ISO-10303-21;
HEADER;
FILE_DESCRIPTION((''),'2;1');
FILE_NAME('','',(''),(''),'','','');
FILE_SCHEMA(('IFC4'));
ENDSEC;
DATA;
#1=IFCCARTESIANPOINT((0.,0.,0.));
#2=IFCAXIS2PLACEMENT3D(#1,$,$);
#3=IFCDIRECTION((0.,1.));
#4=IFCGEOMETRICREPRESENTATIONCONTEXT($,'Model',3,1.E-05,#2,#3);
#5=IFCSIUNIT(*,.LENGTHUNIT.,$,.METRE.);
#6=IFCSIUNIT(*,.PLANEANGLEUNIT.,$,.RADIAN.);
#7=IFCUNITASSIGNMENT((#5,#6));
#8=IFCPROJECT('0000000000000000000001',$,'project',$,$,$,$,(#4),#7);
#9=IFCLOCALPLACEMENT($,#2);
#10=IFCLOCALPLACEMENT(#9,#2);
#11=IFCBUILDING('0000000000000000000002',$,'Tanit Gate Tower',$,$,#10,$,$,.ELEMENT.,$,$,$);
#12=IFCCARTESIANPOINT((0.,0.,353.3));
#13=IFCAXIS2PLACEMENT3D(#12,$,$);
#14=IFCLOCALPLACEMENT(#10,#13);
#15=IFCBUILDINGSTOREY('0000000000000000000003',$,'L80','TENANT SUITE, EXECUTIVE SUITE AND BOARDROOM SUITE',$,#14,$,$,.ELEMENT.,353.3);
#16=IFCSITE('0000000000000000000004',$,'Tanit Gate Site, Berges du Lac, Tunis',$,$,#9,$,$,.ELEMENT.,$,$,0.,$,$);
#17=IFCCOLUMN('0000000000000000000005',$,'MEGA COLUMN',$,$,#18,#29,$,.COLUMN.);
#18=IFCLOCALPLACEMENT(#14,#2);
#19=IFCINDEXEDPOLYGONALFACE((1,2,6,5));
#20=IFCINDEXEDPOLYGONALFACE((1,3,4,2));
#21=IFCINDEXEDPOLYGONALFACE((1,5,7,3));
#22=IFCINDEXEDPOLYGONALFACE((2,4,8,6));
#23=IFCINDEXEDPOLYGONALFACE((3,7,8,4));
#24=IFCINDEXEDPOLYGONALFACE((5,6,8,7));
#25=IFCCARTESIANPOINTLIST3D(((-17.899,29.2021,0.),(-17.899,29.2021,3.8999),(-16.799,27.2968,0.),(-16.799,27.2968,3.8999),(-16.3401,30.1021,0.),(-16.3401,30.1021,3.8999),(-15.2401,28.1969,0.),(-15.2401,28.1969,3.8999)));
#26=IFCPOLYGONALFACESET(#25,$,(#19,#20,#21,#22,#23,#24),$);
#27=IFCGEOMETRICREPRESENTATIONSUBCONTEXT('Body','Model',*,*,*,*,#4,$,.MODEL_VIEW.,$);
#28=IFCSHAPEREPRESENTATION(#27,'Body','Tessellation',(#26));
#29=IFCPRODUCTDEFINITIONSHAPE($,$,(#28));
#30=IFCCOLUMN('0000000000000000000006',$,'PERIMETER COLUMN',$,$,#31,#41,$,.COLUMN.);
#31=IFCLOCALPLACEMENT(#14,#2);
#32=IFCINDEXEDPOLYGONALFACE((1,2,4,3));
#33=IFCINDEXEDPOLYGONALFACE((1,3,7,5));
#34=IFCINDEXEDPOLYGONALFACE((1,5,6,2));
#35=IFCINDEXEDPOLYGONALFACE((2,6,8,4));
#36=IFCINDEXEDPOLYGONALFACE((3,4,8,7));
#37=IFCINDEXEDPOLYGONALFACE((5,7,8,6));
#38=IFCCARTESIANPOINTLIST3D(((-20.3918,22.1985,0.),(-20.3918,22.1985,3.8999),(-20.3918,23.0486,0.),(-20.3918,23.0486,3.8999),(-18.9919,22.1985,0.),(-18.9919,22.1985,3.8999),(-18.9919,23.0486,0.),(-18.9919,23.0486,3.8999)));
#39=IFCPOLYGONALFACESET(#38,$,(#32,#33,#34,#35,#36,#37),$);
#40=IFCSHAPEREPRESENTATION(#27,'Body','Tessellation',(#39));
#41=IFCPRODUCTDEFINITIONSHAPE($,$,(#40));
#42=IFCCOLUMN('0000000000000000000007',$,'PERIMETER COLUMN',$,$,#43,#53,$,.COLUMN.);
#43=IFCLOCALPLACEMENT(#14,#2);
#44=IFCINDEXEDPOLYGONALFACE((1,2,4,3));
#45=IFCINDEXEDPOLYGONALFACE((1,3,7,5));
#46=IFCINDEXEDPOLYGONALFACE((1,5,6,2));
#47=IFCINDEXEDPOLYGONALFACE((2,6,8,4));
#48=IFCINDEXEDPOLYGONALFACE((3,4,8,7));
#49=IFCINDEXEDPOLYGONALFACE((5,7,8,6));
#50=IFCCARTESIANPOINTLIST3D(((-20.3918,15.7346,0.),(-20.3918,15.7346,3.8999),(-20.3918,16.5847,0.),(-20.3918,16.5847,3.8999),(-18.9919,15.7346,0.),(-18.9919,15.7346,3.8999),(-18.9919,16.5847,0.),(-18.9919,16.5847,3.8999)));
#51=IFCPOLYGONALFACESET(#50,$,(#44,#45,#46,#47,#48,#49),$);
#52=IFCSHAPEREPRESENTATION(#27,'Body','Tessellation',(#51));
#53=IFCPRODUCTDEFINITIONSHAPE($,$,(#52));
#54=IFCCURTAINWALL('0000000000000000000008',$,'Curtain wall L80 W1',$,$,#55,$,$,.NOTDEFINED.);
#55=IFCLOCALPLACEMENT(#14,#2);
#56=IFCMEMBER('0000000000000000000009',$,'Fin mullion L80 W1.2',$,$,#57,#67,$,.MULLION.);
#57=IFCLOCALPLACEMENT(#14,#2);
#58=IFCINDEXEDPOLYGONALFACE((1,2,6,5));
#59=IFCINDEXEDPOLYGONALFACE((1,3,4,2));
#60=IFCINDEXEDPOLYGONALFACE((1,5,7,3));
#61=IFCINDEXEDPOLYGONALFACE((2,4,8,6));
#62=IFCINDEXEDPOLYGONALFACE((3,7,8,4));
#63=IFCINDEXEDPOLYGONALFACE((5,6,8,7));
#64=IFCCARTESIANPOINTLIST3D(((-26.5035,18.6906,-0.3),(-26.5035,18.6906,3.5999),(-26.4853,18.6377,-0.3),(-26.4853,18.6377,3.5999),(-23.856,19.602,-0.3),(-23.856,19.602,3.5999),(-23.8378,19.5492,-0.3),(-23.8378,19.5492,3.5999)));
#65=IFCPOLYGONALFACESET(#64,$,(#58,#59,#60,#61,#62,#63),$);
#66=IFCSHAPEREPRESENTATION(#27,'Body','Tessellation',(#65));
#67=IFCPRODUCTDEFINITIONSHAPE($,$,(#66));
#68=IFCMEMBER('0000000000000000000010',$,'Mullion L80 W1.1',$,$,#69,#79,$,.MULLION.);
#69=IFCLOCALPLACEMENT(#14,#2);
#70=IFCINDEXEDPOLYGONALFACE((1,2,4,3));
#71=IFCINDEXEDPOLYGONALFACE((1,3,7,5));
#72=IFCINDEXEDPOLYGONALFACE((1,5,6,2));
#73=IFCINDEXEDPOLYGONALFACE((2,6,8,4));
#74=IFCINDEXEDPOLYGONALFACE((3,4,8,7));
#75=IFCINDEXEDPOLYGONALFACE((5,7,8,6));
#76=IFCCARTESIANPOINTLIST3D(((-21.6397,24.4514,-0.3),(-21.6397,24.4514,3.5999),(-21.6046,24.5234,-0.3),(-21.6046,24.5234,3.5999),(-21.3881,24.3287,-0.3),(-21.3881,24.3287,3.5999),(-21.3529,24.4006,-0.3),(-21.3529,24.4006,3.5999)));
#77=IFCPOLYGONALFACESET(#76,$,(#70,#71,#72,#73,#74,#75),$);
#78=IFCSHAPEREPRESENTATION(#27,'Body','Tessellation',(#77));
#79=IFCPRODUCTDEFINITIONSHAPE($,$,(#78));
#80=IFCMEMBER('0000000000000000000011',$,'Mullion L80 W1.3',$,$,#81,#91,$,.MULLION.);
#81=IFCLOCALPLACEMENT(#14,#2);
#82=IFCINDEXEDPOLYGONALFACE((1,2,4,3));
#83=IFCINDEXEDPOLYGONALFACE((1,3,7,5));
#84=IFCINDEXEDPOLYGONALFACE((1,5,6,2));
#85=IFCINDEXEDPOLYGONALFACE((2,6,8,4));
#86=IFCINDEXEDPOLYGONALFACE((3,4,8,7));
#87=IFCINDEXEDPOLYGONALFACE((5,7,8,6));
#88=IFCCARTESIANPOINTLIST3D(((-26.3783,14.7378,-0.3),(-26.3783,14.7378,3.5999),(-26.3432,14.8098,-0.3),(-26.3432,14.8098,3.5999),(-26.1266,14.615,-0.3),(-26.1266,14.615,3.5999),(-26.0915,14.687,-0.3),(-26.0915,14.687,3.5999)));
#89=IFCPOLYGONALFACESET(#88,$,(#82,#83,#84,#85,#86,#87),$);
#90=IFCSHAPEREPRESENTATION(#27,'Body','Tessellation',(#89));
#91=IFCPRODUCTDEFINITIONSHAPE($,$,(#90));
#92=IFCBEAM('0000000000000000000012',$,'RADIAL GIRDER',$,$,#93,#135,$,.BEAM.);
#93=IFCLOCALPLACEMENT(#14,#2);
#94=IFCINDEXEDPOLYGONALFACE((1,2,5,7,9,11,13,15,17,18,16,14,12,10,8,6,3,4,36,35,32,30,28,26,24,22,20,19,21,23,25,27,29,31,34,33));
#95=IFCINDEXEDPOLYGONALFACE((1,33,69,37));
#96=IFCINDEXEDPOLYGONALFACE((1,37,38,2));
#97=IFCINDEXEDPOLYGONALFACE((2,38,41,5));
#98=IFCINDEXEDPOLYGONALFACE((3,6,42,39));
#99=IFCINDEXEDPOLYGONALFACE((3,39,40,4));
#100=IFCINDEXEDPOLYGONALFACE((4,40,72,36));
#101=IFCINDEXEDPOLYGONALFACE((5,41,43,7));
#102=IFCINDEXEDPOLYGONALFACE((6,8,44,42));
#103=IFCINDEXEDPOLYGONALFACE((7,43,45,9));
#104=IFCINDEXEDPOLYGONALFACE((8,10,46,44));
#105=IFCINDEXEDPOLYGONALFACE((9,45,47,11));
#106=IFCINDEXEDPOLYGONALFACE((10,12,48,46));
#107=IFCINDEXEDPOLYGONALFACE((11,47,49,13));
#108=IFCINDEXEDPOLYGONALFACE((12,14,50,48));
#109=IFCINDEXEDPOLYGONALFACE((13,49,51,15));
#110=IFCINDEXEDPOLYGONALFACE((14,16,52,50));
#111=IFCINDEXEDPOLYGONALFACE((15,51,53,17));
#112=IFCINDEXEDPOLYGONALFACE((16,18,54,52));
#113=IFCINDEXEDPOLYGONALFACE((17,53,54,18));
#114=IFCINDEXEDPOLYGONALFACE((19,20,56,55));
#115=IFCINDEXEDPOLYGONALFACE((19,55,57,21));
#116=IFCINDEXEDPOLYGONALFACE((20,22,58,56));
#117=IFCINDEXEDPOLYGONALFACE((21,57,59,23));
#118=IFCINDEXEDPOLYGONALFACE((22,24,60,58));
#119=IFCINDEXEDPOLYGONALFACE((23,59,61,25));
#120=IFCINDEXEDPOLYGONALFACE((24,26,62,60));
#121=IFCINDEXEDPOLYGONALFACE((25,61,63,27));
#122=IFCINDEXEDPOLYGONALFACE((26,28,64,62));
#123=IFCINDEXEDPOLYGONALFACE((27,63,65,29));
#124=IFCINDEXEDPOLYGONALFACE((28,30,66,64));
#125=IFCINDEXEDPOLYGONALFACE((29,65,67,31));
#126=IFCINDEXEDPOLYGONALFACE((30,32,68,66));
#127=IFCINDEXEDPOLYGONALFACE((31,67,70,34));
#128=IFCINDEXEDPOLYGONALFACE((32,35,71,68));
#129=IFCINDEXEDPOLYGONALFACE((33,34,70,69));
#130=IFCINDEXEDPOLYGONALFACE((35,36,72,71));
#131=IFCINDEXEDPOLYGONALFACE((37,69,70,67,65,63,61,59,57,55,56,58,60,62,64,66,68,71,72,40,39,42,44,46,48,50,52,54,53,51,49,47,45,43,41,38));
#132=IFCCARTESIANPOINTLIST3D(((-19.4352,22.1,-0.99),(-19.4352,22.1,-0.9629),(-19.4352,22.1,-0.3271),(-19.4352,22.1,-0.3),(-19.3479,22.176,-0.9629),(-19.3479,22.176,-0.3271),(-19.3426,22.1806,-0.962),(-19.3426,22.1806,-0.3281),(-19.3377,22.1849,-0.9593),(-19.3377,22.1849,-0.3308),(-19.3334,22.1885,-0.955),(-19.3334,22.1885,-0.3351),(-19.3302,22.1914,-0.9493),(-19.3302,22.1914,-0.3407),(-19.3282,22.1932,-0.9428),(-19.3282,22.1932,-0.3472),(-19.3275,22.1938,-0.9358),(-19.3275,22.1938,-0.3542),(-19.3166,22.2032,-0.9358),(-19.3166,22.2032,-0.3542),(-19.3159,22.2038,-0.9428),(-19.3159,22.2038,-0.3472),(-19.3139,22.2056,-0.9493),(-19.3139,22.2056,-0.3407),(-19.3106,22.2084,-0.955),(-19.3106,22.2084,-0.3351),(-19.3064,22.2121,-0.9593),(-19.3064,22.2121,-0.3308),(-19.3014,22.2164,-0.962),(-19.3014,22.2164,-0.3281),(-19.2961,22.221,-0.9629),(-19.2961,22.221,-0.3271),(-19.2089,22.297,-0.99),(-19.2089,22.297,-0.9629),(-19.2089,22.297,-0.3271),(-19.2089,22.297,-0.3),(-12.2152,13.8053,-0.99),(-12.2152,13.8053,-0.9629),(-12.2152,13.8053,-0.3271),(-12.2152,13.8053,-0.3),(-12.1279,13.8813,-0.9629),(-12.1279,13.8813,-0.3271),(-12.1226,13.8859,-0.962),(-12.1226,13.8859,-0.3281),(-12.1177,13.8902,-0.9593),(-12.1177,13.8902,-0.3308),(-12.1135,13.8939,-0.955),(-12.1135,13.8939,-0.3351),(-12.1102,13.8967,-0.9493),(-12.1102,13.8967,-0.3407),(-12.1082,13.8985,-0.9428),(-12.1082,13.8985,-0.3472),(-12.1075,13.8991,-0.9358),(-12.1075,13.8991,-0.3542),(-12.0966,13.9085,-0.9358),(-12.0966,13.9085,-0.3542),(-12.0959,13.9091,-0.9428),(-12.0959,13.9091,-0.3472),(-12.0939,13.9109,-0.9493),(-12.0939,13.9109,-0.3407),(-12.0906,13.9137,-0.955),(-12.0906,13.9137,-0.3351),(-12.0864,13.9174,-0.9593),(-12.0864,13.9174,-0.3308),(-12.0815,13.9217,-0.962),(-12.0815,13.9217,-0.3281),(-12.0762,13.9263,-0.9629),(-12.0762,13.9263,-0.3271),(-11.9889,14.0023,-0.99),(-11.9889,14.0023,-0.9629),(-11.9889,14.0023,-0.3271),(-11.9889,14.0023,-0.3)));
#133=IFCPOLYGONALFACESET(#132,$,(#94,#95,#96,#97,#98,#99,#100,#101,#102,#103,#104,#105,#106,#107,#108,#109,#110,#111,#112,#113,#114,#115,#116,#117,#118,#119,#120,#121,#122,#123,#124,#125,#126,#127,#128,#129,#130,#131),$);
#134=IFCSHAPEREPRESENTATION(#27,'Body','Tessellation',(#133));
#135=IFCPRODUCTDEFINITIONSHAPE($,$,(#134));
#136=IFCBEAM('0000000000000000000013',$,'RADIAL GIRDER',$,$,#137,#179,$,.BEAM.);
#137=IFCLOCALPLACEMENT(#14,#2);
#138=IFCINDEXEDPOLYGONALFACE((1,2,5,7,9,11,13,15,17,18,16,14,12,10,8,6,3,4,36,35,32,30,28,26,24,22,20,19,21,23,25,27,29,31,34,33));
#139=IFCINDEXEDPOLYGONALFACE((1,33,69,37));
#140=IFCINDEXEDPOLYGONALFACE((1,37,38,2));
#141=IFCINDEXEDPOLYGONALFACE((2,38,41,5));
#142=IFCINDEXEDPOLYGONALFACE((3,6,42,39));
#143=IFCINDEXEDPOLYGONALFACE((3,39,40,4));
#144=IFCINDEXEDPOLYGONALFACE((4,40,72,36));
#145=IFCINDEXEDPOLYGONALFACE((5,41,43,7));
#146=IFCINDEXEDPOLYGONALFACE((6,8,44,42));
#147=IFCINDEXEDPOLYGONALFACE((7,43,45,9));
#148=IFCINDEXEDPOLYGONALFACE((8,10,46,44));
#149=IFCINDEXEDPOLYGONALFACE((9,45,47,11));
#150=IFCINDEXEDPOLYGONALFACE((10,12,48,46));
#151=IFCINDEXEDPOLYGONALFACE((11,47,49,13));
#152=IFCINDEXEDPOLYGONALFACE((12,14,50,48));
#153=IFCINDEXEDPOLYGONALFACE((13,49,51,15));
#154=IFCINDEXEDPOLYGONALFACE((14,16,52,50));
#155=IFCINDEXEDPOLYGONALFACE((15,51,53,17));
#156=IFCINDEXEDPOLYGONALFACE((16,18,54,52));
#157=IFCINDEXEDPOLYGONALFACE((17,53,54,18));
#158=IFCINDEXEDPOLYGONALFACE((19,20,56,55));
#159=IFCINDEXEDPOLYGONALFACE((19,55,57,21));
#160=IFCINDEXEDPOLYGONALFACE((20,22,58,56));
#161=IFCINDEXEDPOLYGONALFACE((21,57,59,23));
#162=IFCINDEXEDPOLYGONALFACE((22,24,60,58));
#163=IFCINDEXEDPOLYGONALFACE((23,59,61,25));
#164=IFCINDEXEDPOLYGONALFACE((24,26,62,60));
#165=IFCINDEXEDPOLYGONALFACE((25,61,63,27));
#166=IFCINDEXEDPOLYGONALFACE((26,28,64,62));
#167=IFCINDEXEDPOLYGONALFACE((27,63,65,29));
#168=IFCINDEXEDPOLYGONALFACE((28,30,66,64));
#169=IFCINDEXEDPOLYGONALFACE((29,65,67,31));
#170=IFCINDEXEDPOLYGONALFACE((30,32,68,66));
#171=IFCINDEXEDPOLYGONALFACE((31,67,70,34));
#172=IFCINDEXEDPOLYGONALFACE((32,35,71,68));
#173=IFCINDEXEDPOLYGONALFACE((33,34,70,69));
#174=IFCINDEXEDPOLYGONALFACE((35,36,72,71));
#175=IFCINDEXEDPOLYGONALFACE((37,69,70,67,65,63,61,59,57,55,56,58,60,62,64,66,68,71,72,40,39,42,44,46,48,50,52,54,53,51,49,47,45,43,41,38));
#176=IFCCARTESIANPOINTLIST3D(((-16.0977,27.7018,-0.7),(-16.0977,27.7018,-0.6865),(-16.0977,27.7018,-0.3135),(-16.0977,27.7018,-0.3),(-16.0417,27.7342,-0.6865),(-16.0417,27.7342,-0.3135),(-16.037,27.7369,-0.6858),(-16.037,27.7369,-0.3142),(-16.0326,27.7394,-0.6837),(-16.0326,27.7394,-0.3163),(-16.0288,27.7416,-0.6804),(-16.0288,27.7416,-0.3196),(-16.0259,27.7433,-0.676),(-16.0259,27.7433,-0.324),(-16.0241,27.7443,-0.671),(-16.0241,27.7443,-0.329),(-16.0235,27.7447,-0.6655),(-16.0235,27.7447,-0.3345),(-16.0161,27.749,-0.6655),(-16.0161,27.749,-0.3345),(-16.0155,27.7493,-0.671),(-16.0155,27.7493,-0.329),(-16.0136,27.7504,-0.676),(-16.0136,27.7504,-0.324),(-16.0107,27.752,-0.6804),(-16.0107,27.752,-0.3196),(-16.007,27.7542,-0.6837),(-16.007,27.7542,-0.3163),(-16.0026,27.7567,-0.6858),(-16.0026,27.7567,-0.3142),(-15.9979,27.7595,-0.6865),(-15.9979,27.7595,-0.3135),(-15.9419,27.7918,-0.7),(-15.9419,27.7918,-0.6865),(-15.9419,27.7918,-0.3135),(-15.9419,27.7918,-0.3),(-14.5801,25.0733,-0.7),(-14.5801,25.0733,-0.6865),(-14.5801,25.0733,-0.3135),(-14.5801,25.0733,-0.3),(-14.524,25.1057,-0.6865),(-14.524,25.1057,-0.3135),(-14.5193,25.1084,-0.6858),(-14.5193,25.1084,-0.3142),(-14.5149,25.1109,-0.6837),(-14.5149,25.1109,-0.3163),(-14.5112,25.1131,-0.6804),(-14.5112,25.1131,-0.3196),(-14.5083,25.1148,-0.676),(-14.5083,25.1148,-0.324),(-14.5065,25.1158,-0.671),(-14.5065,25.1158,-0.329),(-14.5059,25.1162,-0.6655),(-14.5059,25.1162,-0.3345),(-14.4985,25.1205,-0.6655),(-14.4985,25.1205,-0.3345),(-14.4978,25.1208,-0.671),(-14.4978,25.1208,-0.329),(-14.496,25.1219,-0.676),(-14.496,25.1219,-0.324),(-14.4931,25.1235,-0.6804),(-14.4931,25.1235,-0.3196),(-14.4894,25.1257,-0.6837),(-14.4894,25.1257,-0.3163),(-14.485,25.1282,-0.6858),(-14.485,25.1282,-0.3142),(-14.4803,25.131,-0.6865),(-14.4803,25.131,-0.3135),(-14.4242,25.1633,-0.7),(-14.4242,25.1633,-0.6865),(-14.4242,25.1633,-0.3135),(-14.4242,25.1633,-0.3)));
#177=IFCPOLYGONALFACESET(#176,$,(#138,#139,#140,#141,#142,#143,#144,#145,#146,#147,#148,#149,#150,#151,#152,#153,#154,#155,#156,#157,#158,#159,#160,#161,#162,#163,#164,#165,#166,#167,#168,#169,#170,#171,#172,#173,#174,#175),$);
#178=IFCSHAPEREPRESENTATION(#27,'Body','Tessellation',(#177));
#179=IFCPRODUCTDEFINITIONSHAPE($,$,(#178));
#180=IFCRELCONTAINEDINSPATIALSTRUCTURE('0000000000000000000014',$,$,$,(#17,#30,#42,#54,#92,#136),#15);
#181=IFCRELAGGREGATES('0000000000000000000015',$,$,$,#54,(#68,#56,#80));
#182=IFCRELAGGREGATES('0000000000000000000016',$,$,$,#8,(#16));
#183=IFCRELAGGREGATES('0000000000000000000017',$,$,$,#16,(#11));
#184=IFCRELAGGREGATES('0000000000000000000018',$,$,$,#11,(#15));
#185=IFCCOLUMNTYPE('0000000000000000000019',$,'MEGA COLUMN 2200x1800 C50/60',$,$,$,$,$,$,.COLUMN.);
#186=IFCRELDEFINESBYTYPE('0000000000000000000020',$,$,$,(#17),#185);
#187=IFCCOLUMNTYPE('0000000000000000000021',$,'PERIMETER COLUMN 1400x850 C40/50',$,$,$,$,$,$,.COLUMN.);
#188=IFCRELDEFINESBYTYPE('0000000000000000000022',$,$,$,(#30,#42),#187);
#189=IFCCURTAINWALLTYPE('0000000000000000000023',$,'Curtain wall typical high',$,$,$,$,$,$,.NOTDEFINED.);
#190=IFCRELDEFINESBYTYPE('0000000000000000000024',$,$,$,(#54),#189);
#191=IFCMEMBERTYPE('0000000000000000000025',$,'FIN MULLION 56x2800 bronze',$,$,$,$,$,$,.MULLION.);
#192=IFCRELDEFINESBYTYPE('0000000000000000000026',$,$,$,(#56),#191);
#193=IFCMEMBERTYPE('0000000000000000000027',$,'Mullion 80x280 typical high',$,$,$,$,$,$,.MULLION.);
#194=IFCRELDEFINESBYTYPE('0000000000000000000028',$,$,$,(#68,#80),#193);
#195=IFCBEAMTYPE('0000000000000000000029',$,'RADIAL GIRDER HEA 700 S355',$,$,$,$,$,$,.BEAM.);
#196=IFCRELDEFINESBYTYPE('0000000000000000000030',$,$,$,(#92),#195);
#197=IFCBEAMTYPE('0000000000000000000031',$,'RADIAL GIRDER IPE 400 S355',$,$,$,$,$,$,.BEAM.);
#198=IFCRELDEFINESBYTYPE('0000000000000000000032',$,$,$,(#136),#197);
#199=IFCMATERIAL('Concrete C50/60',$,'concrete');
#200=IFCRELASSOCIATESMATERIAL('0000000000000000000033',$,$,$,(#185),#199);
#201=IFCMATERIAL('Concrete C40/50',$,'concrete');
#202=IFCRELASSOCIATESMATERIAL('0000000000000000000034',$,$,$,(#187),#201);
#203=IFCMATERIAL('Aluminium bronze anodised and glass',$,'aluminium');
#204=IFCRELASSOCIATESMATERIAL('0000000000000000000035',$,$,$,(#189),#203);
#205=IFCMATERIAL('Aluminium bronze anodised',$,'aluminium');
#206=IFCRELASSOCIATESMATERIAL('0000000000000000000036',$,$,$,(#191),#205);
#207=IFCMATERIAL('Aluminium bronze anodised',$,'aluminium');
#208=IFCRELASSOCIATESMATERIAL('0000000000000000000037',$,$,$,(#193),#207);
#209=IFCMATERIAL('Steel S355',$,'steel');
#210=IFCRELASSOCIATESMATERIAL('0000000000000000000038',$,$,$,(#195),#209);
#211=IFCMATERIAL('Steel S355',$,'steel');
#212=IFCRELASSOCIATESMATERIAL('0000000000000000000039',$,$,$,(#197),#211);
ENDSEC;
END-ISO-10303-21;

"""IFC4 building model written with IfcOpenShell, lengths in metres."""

from ifc_helpers import new_model, si_unit, direction, frame, origin, origin_2d, place, context, subcontext, project, spatial, rectangle, i_section, extrude, material, material_profile, profile_set, type_object, element, aggregate, save


model = new_model("IFC4")

# Units and contexts
model_context = context("Model", 3, precision=1e-05, world=origin(), true_north=direction((0.0, 1.0)))
body_context = subcontext(model_context, "Body", "Model", "MODEL_VIEW")
ifc_project = project(units=[si_unit("LENGTHUNIT", "METRE"), si_unit("PLANEANGLEUNIT", "RADIAN")], contexts=[model_context])

# Site, building, storey
site_placement = place(None, origin())
site = spatial("IfcSite", under=ifc_project, at=site_placement, Name="Tanit Gate Site, Berges du Lac, Tunis", CompositionType="ELEMENT", RefElevation=0.0)
building_placement = place(site_placement, origin())
building = spatial("IfcBuilding", under=site, at=building_placement, Name="Tanit Gate Tower", CompositionType="ELEMENT")
storey_placement = place(building_placement, frame((0.0, 0.0, 353.3)))
storey = spatial("IfcBuildingStorey", under=building, at=storey_placement, Name="L80", Description="TENANT SUITE, EXECUTIVE SUITE AND BOARDROOM SUITE", CompositionType="ELEMENT", Elevation=353.3)

# Columns
ifc_material_1 = material(Name="Concrete C50/60", Category="concrete")
ifc_material_profile_1 = material_profile(ifc_material_1, rectangle(XDim=2.2, YDim=1.8, at=origin_2d()), Name="RC 2200x1800")
ifc_profile_set_1 = profile_set([ifc_material_profile_1], Name="Concrete C50/60")
column_type_1 = type_object("IfcColumnType", Name="MEGA COLUMN 2200x1800 C50/60", PredefinedType="COLUMN", material=ifc_profile_set_1)
column_placement = place(storey_placement, frame((-16.5696, 28.6995, 0.0), z_axis=(0.0, 0.0, 1.0), x_axis=(-0.5, 0.866025, 0.0)))
element("IfcColumn", 1, at=column_placement, inside=storey, type_object=column_type_1, Name="MEGA COLUMN", PredefinedType="COLUMN", context=body_context, shape_type="SweptSolid", body=[
    extrude(rectangle(XDim=2.2, YDim=1.8, at=origin_2d()), origin(), (0.0, 0.0, 1.0), 3.8999),
])
ifc_material_2 = material(Name="Concrete C40/50", Category="concrete")
ifc_material_profile_2 = material_profile(ifc_material_2, rectangle(XDim=1.3999, YDim=0.8501, at=origin_2d()), Name="RC 1400x850")
ifc_profile_set_2 = profile_set([ifc_material_profile_2], Name="Concrete C40/50")
column_type_2 = type_object("IfcColumnType", Name="PERIMETER COLUMN 1400x850 C40/50", PredefinedType="COLUMN", material=ifc_profile_set_2)
for number, where, z_axis, x_axis, name in (
    (2, (-19.6919, 22.6235, 0.0), (0.0, 0.0, 1.0), (-1.0, 0.0, 0.0), "PERIMETER COLUMN"),
    (3, (-19.6919, 16.1597, 0.0), (0.0, 0.0, 1.0), (-1.0, 0.0, 0.0), "PERIMETER COLUMN"),
):
    element("IfcColumn", number, at=place(storey_placement, frame(where, z_axis=z_axis, x_axis=x_axis)), inside=storey, type_object=column_type_2, Name=name, PredefinedType="COLUMN", context=body_context, shape_type="SweptSolid", body=[
        extrude(rectangle(XDim=1.3999, YDim=0.8501, at=origin_2d()), origin(), (0.0, 0.0, 1.0), 3.8999),
    ])

# Curtain wall, members
ifc_material_3 = material(Name="Aluminium bronze anodised and glass", Category="aluminium")
curtain_wall_type = type_object("IfcCurtainWallType", Name="Curtain wall typical high", PredefinedType="NOTDEFINED", material=ifc_material_3)
curtain_wall_placement = place(storey_placement, origin())
curtain_wall = element("IfcCurtainWall", 4, at=curtain_wall_placement, inside=storey, type_object=curtain_wall_type, Name="Curtain wall L80 W1", PredefinedType="NOTDEFINED")
ifc_material_4 = material(Name="Aluminium bronze anodised", Category="aluminium")
ifc_material_profile_3 = material_profile(ifc_material_4, rectangle(XDim=2.8, YDim=0.0559, at=origin_2d()), Name="56x2800 bronze fin mullion")
ifc_profile_set_3 = profile_set([ifc_material_profile_3], Name="Aluminium bronze anodised")
member_type_1 = type_object("IfcMemberType", Name="FIN MULLION 56x2800 bronze", PredefinedType="MULLION", material=ifc_profile_set_3)
member_1_placement = place(storey_placement, frame((-25.1707, 19.1199, -0.3), z_axis=(0.0, 0.0, 1.0), x_axis=(0.945536, 0.325516, 0.0)))
member_1 = element("IfcMember", 5, at=member_1_placement, type_object=member_type_1, Name="Fin mullion L80 W1.2", PredefinedType="MULLION", context=body_context, shape_type="SweptSolid", body=[
    extrude(rectangle(XDim=2.8, YDim=0.0559, at=origin_2d()), origin(), (0.0, 0.0, 1.0), 3.8999),
])
ifc_material_5 = material(Name="Aluminium bronze anodised", Category="aluminium")
ifc_material_profile_4 = material_profile(ifc_material_5, rectangle(XDim=0.28, YDim=0.0801, at=origin_2d()), Name="80x280 bronze mullion")
ifc_profile_set_4 = profile_set([ifc_material_profile_4], Name="Aluminium bronze anodised")
member_type_2 = type_object("IfcMemberType", Name="Mullion 80x280 typical high", PredefinedType="MULLION", material=ifc_profile_set_4)
member_2_placement = place(storey_placement, frame((-21.4963, 24.426, -0.3), z_axis=(0.0, 0.0, 1.0), x_axis=(0.89877, -0.43842, 0.0)))
member_2 = element("IfcMember", 6, at=member_2_placement, type_object=member_type_2, Name="Mullion L80 W1.1", PredefinedType="MULLION", context=body_context, shape_type="SweptSolid", body=[
    extrude(rectangle(XDim=0.28, YDim=0.0801, at=origin_2d()), origin(), (0.0, 0.0, 1.0), 3.8999),
])
member_3_placement = place(storey_placement, frame((-26.2349, 14.7124, -0.3), z_axis=(0.0, 0.0, 1.0), x_axis=(0.89877, -0.43842, 0.0)))
member_3 = element("IfcMember", 7, at=member_3_placement, type_object=member_type_2, Name="Mullion L80 W1.3", PredefinedType="MULLION", context=body_context, shape_type="SweptSolid", body=[
    extrude(rectangle(XDim=0.28, YDim=0.0801, at=origin_2d()), origin(), (0.0, 0.0, 1.0), 3.8999),
])

# Beams
ifc_material_6 = material(Name="Steel S355", Category="steel")
ifc_material_profile_5 = material_profile(ifc_material_6, i_section(OverallWidth=0.3, OverallDepth=0.6899, WebThickness=0.0144, FlangeThickness=0.0271, FilletRadius=0.0271, at=origin_2d()), Name="HEA 700")
ifc_profile_set_5 = profile_set([ifc_material_profile_5], Name="Steel S355")
beam_type_1 = type_object("IfcBeamType", Name="RADIAL GIRDER HEA 700 S355", PredefinedType="BEAM", material=ifc_profile_set_5)
beam_1_placement = place(storey_placement, frame((-19.322, 22.1985, -0.645), z_axis=(0.656552, -0.754281, 0.0), x_axis=(0.754281, 0.656552, 0.0)))
element("IfcBeam", 8, at=beam_1_placement, inside=storey, type_object=beam_type_1, Name="RADIAL GIRDER", PredefinedType="BEAM", context=body_context, shape_type="SweptSolid", body=[
    extrude(i_section(OverallWidth=0.3, OverallDepth=0.6899, WebThickness=0.0144, FlangeThickness=0.0271, FilletRadius=0.0271, at=origin_2d()), origin(), (0.0, 0.0, 1.0), 10.9968),
])
ifc_material_7 = material(Name="Steel S355", Category="steel")
ifc_material_profile_6 = material_profile(ifc_material_7, i_section(OverallWidth=0.1799, OverallDepth=0.3999, WebThickness=0.0085, FlangeThickness=0.0134, FilletRadius=0.021, at=origin_2d()), Name="IPE 400")
ifc_profile_set_6 = profile_set([ifc_material_profile_6], Name="Steel S355")
beam_type_2 = type_object("IfcBeamType", Name="RADIAL GIRDER IPE 400 S355", PredefinedType="BEAM", material=ifc_profile_set_6)
beam_2_placement = place(storey_placement, frame((-16.0198, 27.7468, -0.5), z_axis=(0.500015, -0.866017, 0.0), x_axis=(0.866017, 0.500015, 0.0)))
element("IfcBeam", 9, at=beam_2_placement, inside=storey, type_object=beam_type_2, Name="RADIAL GIRDER", PredefinedType="BEAM", context=body_context, shape_type="SweptSolid", body=[
    extrude(i_section(OverallWidth=0.1799, OverallDepth=0.3999, WebThickness=0.0085, FlangeThickness=0.0134, FilletRadius=0.021, at=origin_2d()), origin(), (0.0, 0.0, 1.0), 3.0352),
])

aggregate(curtain_wall, [member_2, member_1, member_3])

save(model, "model.ifc")
